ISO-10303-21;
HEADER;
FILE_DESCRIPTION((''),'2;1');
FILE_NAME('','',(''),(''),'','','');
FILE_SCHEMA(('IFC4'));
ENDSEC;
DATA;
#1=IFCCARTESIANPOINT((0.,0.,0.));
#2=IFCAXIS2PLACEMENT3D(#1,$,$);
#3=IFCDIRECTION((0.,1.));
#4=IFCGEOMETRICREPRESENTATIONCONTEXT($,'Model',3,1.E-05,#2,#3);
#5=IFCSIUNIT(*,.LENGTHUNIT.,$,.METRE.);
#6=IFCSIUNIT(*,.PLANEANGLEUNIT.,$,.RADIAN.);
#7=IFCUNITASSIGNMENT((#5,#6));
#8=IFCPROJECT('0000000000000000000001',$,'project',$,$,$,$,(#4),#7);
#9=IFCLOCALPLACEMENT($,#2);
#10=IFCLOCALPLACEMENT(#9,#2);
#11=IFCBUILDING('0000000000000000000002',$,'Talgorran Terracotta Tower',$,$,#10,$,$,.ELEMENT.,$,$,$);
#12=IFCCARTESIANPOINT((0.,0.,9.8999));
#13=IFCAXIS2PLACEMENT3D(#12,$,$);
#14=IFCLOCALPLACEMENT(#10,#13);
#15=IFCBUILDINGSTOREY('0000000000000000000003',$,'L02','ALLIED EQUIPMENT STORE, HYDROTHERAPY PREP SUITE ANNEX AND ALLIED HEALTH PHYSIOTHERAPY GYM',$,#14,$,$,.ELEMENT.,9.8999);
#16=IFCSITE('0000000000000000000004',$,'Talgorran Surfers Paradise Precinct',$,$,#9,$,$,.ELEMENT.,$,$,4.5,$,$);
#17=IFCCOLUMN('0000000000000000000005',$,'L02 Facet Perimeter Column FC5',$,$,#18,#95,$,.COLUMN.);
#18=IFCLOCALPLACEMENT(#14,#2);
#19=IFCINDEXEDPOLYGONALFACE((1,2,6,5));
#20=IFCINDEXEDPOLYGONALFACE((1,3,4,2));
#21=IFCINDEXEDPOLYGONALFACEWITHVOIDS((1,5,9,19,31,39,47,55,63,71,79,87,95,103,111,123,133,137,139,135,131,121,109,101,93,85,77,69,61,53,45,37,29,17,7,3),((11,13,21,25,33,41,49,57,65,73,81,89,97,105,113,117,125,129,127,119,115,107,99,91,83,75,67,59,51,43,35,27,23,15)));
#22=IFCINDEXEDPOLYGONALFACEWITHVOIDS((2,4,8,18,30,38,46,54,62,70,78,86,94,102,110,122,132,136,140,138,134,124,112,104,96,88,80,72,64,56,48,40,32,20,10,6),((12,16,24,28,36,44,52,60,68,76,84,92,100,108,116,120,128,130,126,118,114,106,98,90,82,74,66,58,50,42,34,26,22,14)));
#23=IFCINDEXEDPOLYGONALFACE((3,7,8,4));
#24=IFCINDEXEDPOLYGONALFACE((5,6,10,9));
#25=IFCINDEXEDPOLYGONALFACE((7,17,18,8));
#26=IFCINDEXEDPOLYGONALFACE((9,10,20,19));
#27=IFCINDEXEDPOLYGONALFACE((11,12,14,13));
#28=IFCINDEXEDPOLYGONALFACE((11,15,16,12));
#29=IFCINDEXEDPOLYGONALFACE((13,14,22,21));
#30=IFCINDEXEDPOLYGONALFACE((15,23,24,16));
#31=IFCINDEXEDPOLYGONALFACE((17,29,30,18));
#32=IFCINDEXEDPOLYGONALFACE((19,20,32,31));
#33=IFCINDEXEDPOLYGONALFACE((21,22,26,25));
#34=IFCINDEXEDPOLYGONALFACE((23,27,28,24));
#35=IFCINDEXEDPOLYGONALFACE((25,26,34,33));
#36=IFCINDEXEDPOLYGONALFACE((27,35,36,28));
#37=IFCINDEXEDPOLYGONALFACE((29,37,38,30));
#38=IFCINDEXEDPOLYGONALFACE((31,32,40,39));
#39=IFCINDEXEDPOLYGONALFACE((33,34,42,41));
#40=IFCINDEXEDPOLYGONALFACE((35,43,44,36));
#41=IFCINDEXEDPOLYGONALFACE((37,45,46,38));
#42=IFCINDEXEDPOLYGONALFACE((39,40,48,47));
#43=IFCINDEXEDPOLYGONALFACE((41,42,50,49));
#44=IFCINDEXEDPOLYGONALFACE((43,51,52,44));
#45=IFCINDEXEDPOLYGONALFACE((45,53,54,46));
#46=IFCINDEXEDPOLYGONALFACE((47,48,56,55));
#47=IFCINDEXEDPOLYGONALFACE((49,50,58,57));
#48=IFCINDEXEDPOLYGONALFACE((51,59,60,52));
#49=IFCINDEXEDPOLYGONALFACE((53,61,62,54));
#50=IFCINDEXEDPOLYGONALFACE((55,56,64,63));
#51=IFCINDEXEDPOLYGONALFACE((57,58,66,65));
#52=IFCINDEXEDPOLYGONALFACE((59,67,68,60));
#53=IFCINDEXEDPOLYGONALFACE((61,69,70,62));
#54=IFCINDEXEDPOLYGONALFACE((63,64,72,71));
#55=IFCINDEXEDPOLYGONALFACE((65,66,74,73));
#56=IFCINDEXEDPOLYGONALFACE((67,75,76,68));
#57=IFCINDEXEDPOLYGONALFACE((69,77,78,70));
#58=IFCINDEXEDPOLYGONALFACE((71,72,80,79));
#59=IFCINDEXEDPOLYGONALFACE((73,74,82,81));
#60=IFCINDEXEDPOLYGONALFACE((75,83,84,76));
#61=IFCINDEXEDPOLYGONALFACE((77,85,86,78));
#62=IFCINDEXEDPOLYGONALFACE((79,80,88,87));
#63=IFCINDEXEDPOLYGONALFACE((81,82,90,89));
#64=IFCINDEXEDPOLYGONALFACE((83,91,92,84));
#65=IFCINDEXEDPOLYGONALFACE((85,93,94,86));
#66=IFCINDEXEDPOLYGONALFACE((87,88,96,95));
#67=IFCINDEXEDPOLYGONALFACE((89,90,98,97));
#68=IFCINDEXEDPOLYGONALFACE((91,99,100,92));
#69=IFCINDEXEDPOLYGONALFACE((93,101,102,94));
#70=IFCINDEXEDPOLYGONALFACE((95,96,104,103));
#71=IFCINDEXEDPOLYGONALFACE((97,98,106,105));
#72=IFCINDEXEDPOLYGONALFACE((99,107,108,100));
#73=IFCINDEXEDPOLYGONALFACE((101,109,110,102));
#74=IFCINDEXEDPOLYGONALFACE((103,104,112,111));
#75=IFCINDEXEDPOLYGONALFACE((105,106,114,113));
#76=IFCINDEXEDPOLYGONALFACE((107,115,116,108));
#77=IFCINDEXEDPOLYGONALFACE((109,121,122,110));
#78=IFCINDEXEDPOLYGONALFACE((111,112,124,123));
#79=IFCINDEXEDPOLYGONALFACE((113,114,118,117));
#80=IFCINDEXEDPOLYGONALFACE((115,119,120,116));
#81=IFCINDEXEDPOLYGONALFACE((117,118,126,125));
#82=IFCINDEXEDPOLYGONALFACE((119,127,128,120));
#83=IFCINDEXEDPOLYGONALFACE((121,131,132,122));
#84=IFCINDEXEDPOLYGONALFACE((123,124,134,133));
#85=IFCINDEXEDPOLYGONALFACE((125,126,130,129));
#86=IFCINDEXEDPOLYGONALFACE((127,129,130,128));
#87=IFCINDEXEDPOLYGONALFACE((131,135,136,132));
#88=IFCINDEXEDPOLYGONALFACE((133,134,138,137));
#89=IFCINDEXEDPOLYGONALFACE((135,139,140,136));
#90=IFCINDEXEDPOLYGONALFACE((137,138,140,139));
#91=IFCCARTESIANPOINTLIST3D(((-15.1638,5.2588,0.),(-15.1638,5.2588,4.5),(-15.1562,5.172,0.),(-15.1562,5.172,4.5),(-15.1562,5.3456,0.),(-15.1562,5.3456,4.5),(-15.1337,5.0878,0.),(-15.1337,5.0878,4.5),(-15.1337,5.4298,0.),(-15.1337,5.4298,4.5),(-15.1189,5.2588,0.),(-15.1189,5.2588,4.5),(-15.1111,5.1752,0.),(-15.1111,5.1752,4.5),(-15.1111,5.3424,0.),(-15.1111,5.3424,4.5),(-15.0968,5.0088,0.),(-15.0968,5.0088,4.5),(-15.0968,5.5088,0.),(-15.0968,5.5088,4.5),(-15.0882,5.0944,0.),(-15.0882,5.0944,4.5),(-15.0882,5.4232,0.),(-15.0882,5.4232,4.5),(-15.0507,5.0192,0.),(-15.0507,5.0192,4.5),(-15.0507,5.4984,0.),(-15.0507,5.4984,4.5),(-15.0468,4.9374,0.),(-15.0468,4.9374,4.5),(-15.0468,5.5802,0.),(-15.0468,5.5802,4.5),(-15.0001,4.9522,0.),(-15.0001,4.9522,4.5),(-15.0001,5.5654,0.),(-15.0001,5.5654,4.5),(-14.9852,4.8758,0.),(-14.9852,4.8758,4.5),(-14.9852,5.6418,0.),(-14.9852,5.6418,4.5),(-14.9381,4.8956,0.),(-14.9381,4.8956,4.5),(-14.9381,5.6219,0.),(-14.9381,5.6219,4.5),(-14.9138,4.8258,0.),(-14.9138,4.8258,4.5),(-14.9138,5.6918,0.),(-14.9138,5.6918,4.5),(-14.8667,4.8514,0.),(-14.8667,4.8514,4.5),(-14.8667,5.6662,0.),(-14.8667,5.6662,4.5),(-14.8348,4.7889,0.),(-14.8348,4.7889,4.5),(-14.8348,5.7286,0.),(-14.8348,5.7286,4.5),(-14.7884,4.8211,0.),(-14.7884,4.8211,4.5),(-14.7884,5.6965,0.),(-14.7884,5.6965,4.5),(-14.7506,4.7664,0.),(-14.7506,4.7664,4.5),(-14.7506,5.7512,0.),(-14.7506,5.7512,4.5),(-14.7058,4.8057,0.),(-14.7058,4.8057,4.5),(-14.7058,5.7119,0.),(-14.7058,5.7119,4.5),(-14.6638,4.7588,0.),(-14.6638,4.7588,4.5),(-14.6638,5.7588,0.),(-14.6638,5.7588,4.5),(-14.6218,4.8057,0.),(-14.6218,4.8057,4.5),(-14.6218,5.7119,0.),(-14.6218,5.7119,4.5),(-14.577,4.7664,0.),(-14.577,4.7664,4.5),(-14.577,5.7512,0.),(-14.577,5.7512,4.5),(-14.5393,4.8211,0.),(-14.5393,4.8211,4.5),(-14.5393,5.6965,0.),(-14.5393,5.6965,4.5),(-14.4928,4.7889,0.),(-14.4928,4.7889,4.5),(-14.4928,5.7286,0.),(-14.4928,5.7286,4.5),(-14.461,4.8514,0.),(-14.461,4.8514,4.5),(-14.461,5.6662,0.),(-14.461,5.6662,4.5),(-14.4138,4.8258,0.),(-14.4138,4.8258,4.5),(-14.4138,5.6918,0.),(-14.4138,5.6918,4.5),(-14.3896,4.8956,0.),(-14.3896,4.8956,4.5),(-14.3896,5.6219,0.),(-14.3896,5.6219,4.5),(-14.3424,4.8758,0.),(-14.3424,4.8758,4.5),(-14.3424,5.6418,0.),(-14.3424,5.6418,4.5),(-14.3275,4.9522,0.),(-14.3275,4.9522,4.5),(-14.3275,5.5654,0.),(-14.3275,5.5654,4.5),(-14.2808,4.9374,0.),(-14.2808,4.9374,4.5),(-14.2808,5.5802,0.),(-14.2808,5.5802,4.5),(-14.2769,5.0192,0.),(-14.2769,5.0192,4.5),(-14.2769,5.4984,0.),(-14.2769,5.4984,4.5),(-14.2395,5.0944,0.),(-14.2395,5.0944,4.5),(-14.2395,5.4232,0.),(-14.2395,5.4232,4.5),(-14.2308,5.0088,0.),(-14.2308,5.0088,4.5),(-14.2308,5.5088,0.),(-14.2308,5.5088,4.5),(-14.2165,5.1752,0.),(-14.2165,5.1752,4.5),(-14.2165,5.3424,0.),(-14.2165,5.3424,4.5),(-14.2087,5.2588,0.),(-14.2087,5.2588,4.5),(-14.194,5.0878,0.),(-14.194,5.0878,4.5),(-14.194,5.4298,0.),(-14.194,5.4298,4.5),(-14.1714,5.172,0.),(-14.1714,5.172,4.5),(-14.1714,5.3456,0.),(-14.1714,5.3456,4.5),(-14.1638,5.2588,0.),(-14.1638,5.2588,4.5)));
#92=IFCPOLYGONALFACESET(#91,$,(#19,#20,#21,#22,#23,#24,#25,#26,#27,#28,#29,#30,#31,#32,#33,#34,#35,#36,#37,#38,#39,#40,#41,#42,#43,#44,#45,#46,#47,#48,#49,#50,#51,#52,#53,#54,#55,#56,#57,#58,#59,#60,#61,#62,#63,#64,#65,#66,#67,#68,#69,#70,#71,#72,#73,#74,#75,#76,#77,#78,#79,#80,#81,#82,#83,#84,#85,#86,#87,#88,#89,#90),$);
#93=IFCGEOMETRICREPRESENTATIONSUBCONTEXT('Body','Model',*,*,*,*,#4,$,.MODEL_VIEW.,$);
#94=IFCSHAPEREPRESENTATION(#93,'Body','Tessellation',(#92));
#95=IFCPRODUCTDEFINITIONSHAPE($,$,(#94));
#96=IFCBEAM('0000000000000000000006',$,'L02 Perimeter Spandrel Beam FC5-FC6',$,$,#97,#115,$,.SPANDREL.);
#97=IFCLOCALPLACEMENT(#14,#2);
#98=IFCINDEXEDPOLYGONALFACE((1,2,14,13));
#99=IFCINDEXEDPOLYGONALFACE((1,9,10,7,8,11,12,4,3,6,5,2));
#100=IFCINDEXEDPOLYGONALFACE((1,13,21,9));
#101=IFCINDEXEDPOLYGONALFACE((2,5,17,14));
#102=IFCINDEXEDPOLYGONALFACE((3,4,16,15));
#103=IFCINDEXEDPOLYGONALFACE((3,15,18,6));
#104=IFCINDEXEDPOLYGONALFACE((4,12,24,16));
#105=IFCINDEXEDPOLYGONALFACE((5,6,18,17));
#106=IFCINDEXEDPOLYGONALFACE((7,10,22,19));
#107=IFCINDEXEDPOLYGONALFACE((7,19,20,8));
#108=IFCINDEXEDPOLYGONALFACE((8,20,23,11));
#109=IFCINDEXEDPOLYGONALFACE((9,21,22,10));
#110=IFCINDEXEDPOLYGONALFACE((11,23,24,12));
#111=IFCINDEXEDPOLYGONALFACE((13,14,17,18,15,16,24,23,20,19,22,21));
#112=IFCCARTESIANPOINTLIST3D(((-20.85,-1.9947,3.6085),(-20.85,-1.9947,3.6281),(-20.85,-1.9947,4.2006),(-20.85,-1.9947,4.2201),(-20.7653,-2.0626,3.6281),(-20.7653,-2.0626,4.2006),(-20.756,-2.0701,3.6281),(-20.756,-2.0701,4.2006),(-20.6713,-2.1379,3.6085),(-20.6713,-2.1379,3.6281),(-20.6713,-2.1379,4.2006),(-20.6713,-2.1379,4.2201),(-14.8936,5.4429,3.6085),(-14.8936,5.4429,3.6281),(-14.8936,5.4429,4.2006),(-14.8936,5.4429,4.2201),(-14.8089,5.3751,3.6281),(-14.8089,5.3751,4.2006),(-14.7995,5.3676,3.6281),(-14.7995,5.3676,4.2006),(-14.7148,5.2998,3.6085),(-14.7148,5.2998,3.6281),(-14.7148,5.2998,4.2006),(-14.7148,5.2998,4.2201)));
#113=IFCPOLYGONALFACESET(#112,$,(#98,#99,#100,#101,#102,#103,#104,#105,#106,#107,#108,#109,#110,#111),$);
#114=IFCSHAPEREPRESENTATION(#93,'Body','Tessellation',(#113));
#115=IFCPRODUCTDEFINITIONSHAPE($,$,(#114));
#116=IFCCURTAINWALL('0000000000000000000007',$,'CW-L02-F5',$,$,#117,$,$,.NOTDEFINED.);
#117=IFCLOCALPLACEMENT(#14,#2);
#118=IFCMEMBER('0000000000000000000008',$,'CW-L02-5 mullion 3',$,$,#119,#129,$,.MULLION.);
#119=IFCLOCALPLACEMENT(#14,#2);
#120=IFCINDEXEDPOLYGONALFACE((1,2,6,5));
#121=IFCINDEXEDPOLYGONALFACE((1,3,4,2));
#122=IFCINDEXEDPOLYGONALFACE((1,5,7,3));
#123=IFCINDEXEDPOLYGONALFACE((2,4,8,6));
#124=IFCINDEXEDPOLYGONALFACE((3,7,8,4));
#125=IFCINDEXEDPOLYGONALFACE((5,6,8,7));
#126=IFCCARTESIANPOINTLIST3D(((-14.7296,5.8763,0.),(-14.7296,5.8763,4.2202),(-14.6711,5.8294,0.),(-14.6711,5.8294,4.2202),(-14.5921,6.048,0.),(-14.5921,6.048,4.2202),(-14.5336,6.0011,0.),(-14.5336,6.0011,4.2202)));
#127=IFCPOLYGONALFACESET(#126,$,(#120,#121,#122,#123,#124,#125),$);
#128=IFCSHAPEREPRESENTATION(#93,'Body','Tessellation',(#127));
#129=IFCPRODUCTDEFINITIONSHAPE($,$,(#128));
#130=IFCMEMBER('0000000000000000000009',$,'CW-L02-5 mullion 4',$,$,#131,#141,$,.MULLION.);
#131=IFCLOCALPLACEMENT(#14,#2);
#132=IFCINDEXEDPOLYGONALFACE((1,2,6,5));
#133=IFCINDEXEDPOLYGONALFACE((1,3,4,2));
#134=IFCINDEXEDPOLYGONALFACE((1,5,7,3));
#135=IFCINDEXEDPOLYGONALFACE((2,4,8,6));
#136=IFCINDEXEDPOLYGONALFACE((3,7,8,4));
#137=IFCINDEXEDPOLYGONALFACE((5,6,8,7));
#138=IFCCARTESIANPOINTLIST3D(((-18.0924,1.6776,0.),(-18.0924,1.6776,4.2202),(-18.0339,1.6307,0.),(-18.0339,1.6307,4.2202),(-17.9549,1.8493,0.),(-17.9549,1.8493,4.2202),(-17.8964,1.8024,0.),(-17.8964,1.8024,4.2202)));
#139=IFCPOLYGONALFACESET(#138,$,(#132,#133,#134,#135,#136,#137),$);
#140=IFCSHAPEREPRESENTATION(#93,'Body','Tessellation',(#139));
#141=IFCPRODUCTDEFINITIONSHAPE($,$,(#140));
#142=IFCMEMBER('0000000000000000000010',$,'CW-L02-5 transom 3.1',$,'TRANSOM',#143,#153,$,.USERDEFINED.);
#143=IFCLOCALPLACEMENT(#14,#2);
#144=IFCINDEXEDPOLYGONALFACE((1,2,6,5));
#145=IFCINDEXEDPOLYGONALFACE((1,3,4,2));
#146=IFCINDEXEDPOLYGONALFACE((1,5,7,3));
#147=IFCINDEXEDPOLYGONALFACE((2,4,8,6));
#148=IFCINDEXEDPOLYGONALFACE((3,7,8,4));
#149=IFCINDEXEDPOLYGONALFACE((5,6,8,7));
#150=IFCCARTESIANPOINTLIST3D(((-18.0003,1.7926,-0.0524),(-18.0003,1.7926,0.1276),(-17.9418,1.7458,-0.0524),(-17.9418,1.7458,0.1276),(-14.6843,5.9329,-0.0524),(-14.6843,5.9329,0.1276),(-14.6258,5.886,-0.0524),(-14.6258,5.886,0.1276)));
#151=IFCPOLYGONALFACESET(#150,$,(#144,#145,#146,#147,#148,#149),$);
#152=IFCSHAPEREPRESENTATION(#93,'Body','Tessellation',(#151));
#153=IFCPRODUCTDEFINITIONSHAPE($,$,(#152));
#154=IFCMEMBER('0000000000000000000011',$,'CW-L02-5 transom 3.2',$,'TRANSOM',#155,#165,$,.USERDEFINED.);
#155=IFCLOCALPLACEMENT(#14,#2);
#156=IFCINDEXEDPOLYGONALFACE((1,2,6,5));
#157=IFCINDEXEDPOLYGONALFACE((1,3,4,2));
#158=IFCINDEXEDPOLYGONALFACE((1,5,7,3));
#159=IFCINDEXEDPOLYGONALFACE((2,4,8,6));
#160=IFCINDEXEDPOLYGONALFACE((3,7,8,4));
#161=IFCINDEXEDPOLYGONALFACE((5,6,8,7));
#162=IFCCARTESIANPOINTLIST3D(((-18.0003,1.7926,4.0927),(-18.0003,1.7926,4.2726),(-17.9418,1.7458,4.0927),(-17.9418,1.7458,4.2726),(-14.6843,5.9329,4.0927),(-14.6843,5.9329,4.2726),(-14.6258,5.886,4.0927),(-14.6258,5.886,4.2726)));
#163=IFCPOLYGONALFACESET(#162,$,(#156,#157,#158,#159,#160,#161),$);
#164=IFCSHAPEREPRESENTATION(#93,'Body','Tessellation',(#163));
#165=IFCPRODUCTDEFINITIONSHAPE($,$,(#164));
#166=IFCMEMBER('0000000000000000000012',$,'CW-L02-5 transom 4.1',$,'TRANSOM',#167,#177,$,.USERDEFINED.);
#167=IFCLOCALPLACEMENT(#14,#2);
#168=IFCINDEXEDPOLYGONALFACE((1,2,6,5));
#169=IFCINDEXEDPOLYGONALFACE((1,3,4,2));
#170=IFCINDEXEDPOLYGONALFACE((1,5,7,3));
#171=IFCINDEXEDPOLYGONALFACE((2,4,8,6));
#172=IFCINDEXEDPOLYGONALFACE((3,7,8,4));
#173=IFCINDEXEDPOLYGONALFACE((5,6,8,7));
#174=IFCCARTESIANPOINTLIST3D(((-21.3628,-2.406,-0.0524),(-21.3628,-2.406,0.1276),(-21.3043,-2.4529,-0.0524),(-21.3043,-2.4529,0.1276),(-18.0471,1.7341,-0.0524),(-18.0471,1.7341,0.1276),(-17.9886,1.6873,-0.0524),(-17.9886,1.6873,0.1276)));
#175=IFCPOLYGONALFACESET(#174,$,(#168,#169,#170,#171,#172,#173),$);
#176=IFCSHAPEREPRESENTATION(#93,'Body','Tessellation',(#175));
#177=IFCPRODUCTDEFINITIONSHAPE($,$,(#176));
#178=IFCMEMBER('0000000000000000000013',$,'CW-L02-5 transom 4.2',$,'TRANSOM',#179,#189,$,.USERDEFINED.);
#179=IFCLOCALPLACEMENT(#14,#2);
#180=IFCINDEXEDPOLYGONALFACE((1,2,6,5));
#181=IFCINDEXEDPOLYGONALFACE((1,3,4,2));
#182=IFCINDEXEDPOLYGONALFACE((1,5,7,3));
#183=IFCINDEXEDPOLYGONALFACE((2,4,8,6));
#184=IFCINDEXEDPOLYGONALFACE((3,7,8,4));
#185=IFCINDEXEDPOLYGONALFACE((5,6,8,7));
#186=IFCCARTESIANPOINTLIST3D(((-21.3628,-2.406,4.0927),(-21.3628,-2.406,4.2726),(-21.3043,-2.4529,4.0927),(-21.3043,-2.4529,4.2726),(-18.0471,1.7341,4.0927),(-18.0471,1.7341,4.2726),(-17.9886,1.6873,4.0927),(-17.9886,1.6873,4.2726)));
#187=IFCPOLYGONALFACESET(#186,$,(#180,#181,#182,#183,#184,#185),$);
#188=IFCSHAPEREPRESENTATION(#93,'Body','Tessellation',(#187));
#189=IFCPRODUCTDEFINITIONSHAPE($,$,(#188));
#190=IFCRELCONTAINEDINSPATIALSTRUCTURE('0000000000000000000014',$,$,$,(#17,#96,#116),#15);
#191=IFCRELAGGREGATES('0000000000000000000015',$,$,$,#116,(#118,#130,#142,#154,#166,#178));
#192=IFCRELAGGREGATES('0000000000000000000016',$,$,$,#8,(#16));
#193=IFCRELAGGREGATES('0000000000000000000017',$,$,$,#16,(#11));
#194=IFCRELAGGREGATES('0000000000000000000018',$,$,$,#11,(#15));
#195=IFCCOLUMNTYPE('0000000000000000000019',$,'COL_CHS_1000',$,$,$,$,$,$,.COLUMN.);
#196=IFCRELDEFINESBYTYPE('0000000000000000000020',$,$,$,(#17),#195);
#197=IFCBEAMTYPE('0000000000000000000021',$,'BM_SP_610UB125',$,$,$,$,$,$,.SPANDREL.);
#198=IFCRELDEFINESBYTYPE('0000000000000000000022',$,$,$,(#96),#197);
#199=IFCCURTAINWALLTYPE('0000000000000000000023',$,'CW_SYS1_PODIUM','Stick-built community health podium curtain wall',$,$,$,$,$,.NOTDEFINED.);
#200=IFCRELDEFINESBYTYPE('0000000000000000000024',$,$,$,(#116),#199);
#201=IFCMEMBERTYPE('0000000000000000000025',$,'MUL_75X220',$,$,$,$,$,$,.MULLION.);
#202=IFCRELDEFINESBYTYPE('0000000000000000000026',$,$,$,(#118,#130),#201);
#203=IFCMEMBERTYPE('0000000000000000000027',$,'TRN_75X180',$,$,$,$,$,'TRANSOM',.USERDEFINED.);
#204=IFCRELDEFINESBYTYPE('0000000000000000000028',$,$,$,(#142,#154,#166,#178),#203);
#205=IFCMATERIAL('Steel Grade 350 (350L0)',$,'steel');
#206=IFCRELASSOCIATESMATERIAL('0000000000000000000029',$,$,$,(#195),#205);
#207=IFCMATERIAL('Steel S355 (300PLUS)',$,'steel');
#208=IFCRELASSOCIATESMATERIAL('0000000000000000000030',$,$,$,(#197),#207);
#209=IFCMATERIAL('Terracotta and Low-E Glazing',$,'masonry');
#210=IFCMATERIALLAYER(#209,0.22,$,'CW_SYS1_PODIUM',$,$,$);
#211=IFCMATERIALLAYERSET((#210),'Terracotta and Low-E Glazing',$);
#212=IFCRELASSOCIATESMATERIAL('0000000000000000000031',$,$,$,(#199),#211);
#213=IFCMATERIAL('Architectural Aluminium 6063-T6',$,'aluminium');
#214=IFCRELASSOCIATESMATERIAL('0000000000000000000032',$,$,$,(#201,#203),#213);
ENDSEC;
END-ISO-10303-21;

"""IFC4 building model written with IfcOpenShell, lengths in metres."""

from ifc_helpers import new_model, si_unit, direction, frame, origin, origin_2d, place, context, subcontext, project, spatial, rectangle, hollow_circle, i_section, extrude, material, layer, layer_set, material_profile, profile_set, type_object, element, aggregate, save


model = new_model("IFC4")

# Units and contexts
model_context = context("Model", 3, precision=1e-05, world=origin(), true_north=direction((0.0, 1.0)))
body_context = subcontext(model_context, "Body", "Model", "MODEL_VIEW")
ifc_project = project(units=[si_unit("LENGTHUNIT", "METRE"), si_unit("PLANEANGLEUNIT", "RADIAN")], contexts=[model_context])

# Site, building, storey
site_placement = place(None, origin())
site = spatial("IfcSite", under=ifc_project, at=site_placement, Name="Talgorran Surfers Paradise Precinct", CompositionType="ELEMENT", RefElevation=4.5)
building_placement = place(site_placement, origin())
building = spatial("IfcBuilding", under=site, at=building_placement, Name="Talgorran Terracotta Tower", CompositionType="ELEMENT")
storey_placement = place(building_placement, frame((0.0, 0.0, 9.8999)))
storey = spatial("IfcBuildingStorey", under=building, at=storey_placement, Name="L02", Description="ALLIED EQUIPMENT STORE, HYDROTHERAPY PREP SUITE ANNEX AND ALLIED HEALTH PHYSIOTHERAPY GYM", CompositionType="ELEMENT", Elevation=9.8999)

# Column
ifc_material_1 = material(Name="Steel Grade 350 (350L0)", Category="steel")
ifc_material_profile_1 = material_profile(ifc_material_1, hollow_circle(Radius=0.5, WallThickness=0.0449, at=origin_2d()), Name="CHS1000X45")
ifc_profile_set_1 = profile_set([ifc_material_profile_1], Name="Steel Grade 350 (350L0)")
column_type = type_object("IfcColumnType", Name="COL_CHS_1000", PredefinedType="COLUMN", material=ifc_profile_set_1)
column_placement = place(storey_placement, frame((-14.6638, 5.2588, 0.0), z_axis=(0.0, 0.0, 1.0), x_axis=(1.0, 0.0, 0.0)))
element("IfcColumn", 1, at=column_placement, inside=storey, type_object=column_type, Name="L02 Facet Perimeter Column FC5", PredefinedType="COLUMN", context=body_context, shape_type="SweptSolid", body=[
    extrude(hollow_circle(Radius=0.5, WallThickness=0.0449, at=origin_2d()), origin(), (0.0, 0.0, 1.0), 4.5),
])

# Beam
ifc_material_2 = material(Name="Steel S355 (300PLUS)", Category="steel")
ifc_material_profile_2 = material_profile(ifc_material_2, i_section(OverallWidth=0.229, OverallDepth=0.6116, WebThickness=0.012, FlangeThickness=0.0195, at=origin_2d()), Name="610UB125")
ifc_profile_set_2 = profile_set([ifc_material_profile_2], Name="Steel S355 (300PLUS)")
beam_type = type_object("IfcBeamType", Name="BM_SP_610UB125", PredefinedType="SPANDREL", material=ifc_profile_set_2)
beam_placement = place(storey_placement, frame((-14.8042, 5.3713, 3.9143), z_axis=(-0.625101, -0.780544, 0.0), x_axis=(0.780544, -0.625101, 0.0)))
element("IfcBeam", 2, at=beam_placement, inside=storey, type_object=beam_type, Name="L02 Perimeter Spandrel Beam FC5-FC6", PredefinedType="SPANDREL", context=body_context, shape_type="SweptSolid", body=[
    extrude(i_section(OverallWidth=0.229, OverallDepth=0.6116, WebThickness=0.012, FlangeThickness=0.0195, at=origin_2d()), origin(), (0.0, 0.0, 1.0), 9.5288),
])

# Curtain wall, members
ifc_material_3 = material(Name="Terracotta and Low-E Glazing", Category="masonry")
ifc_layer_1 = layer(ifc_material_3, 0.22, Name="CW_SYS1_PODIUM")
ifc_layer_set_1 = layer_set([ifc_layer_1], Name="Terracotta and Low-E Glazing")
curtain_wall_type = type_object("IfcCurtainWallType", Name="CW_SYS1_PODIUM", Description="Stick-built community health podium curtain wall", PredefinedType="NOTDEFINED", material=ifc_layer_set_1)
curtain_wall_placement = place(storey_placement, origin())
curtain_wall = element("IfcCurtainWall", 3, at=curtain_wall_placement, inside=storey, type_object=curtain_wall_type, Name="CW-L02-F5", PredefinedType="NOTDEFINED")
ifc_material_4 = material(Name="Architectural Aluminium 6063-T6", Category="aluminium")
ifc_material_profile_3 = material_profile(ifc_material_4, rectangle(XDim=0.075, YDim=0.22, at=origin_2d()), Name="CWM75X220")
ifc_profile_set_3 = profile_set([ifc_material_profile_3], Name="Architectural Aluminium 6063-T6")
member_type_1 = type_object("IfcMemberType", Name="MUL_75X220", PredefinedType="MULLION", material=ifc_profile_set_3)
member_1_placement = place(storey_placement, frame((-14.6316, 5.9387, 0.0), z_axis=(0.0, 0.0, 1.0), x_axis=(0.780532, -0.625116, 0.0)))
member_1 = element("IfcMember", 4, at=member_1_placement, type_object=member_type_1, Name="CW-L02-5 mullion 3", PredefinedType="MULLION", context=body_context, shape_type="SweptSolid", body=[
    extrude(rectangle(XDim=0.075, YDim=0.22, at=origin_2d()), origin(), (0.0, 0.0, 1.0), 4.2202),
])
member_2_placement = place(storey_placement, frame((-17.9944, 1.74, 0.0), z_axis=(0.0, 0.0, 1.0), x_axis=(0.780532, -0.625116, 0.0)))
member_2 = element("IfcMember", 5, at=member_2_placement, type_object=member_type_1, Name="CW-L02-5 mullion 4", PredefinedType="MULLION", context=body_context, shape_type="SweptSolid", body=[
    extrude(rectangle(XDim=0.075, YDim=0.22, at=origin_2d()), origin(), (0.0, 0.0, 1.0), 4.2202),
])
ifc_material_profile_4 = material_profile(ifc_material_4, rectangle(XDim=0.075, YDim=0.1799, at=origin_2d()), Name="CWT75X180")
ifc_profile_set_4 = profile_set([ifc_material_profile_4], Name="Architectural Aluminium 6063-T6")
member_type_2 = type_object("IfcMemberType", Name="TRN_75X180", ElementType="TRANSOM", PredefinedType="USERDEFINED", material=ifc_profile_set_4)
member_3_placement = place(storey_placement, frame((-14.655, 5.9094, 0.0376), z_axis=(-0.625133, -0.780518, 0.0), x_axis=(0.780518, -0.625133, 0.0)))
member_3 = element("IfcMember", 6, at=member_3_placement, type_object=member_type_2, Name="CW-L02-5 transom 3.1", ObjectType="TRANSOM", PredefinedType="USERDEFINED", context=body_context, shape_type="SweptSolid", body=[
    extrude(rectangle(XDim=0.075, YDim=0.1799, at=origin_2d()), origin(), (0.0, 0.0, 1.0), 5.3044),
])
member_4_placement = place(storey_placement, frame((-14.655, 5.9094, 4.1826), z_axis=(-0.625133, -0.780518, 0.0), x_axis=(0.780518, -0.625133, 0.0)))
member_4 = element("IfcMember", 7, at=member_4_placement, type_object=member_type_2, Name="CW-L02-5 transom 3.2", ObjectType="TRANSOM", PredefinedType="USERDEFINED", context=body_context, shape_type="SweptSolid", body=[
    extrude(rectangle(XDim=0.075, YDim=0.1799, at=origin_2d()), origin(), (0.0, 0.0, 1.0), 5.3044),
])
member_5_placement = place(storey_placement, frame((-18.0178, 1.7107, 0.0376), z_axis=(-0.625105, -0.780541, 0.0), x_axis=(0.780541, -0.625105, 0.0)))
member_5 = element("IfcMember", 8, at=member_5_placement, type_object=member_type_2, Name="CW-L02-5 transom 4.1", ObjectType="TRANSOM", PredefinedType="USERDEFINED", context=body_context, shape_type="SweptSolid", body=[
    extrude(rectangle(XDim=0.075, YDim=0.1799, at=origin_2d()), origin(), (0.0, 0.0, 1.0), 5.3042),
])
member_6_placement = place(storey_placement, frame((-18.0178, 1.7107, 4.1826), z_axis=(-0.625105, -0.780541, 0.0), x_axis=(0.780541, -0.625105, 0.0)))
member_6 = element("IfcMember", 9, at=member_6_placement, type_object=member_type_2, Name="CW-L02-5 transom 4.2", ObjectType="TRANSOM", PredefinedType="USERDEFINED", context=body_context, shape_type="SweptSolid", body=[
    extrude(rectangle(XDim=0.075, YDim=0.1799, at=origin_2d()), origin(), (0.0, 0.0, 1.0), 5.3042),
])
aggregate(curtain_wall, [member_1, member_2, member_3, member_4, member_5, member_6])

save(model, "model.ifc")
